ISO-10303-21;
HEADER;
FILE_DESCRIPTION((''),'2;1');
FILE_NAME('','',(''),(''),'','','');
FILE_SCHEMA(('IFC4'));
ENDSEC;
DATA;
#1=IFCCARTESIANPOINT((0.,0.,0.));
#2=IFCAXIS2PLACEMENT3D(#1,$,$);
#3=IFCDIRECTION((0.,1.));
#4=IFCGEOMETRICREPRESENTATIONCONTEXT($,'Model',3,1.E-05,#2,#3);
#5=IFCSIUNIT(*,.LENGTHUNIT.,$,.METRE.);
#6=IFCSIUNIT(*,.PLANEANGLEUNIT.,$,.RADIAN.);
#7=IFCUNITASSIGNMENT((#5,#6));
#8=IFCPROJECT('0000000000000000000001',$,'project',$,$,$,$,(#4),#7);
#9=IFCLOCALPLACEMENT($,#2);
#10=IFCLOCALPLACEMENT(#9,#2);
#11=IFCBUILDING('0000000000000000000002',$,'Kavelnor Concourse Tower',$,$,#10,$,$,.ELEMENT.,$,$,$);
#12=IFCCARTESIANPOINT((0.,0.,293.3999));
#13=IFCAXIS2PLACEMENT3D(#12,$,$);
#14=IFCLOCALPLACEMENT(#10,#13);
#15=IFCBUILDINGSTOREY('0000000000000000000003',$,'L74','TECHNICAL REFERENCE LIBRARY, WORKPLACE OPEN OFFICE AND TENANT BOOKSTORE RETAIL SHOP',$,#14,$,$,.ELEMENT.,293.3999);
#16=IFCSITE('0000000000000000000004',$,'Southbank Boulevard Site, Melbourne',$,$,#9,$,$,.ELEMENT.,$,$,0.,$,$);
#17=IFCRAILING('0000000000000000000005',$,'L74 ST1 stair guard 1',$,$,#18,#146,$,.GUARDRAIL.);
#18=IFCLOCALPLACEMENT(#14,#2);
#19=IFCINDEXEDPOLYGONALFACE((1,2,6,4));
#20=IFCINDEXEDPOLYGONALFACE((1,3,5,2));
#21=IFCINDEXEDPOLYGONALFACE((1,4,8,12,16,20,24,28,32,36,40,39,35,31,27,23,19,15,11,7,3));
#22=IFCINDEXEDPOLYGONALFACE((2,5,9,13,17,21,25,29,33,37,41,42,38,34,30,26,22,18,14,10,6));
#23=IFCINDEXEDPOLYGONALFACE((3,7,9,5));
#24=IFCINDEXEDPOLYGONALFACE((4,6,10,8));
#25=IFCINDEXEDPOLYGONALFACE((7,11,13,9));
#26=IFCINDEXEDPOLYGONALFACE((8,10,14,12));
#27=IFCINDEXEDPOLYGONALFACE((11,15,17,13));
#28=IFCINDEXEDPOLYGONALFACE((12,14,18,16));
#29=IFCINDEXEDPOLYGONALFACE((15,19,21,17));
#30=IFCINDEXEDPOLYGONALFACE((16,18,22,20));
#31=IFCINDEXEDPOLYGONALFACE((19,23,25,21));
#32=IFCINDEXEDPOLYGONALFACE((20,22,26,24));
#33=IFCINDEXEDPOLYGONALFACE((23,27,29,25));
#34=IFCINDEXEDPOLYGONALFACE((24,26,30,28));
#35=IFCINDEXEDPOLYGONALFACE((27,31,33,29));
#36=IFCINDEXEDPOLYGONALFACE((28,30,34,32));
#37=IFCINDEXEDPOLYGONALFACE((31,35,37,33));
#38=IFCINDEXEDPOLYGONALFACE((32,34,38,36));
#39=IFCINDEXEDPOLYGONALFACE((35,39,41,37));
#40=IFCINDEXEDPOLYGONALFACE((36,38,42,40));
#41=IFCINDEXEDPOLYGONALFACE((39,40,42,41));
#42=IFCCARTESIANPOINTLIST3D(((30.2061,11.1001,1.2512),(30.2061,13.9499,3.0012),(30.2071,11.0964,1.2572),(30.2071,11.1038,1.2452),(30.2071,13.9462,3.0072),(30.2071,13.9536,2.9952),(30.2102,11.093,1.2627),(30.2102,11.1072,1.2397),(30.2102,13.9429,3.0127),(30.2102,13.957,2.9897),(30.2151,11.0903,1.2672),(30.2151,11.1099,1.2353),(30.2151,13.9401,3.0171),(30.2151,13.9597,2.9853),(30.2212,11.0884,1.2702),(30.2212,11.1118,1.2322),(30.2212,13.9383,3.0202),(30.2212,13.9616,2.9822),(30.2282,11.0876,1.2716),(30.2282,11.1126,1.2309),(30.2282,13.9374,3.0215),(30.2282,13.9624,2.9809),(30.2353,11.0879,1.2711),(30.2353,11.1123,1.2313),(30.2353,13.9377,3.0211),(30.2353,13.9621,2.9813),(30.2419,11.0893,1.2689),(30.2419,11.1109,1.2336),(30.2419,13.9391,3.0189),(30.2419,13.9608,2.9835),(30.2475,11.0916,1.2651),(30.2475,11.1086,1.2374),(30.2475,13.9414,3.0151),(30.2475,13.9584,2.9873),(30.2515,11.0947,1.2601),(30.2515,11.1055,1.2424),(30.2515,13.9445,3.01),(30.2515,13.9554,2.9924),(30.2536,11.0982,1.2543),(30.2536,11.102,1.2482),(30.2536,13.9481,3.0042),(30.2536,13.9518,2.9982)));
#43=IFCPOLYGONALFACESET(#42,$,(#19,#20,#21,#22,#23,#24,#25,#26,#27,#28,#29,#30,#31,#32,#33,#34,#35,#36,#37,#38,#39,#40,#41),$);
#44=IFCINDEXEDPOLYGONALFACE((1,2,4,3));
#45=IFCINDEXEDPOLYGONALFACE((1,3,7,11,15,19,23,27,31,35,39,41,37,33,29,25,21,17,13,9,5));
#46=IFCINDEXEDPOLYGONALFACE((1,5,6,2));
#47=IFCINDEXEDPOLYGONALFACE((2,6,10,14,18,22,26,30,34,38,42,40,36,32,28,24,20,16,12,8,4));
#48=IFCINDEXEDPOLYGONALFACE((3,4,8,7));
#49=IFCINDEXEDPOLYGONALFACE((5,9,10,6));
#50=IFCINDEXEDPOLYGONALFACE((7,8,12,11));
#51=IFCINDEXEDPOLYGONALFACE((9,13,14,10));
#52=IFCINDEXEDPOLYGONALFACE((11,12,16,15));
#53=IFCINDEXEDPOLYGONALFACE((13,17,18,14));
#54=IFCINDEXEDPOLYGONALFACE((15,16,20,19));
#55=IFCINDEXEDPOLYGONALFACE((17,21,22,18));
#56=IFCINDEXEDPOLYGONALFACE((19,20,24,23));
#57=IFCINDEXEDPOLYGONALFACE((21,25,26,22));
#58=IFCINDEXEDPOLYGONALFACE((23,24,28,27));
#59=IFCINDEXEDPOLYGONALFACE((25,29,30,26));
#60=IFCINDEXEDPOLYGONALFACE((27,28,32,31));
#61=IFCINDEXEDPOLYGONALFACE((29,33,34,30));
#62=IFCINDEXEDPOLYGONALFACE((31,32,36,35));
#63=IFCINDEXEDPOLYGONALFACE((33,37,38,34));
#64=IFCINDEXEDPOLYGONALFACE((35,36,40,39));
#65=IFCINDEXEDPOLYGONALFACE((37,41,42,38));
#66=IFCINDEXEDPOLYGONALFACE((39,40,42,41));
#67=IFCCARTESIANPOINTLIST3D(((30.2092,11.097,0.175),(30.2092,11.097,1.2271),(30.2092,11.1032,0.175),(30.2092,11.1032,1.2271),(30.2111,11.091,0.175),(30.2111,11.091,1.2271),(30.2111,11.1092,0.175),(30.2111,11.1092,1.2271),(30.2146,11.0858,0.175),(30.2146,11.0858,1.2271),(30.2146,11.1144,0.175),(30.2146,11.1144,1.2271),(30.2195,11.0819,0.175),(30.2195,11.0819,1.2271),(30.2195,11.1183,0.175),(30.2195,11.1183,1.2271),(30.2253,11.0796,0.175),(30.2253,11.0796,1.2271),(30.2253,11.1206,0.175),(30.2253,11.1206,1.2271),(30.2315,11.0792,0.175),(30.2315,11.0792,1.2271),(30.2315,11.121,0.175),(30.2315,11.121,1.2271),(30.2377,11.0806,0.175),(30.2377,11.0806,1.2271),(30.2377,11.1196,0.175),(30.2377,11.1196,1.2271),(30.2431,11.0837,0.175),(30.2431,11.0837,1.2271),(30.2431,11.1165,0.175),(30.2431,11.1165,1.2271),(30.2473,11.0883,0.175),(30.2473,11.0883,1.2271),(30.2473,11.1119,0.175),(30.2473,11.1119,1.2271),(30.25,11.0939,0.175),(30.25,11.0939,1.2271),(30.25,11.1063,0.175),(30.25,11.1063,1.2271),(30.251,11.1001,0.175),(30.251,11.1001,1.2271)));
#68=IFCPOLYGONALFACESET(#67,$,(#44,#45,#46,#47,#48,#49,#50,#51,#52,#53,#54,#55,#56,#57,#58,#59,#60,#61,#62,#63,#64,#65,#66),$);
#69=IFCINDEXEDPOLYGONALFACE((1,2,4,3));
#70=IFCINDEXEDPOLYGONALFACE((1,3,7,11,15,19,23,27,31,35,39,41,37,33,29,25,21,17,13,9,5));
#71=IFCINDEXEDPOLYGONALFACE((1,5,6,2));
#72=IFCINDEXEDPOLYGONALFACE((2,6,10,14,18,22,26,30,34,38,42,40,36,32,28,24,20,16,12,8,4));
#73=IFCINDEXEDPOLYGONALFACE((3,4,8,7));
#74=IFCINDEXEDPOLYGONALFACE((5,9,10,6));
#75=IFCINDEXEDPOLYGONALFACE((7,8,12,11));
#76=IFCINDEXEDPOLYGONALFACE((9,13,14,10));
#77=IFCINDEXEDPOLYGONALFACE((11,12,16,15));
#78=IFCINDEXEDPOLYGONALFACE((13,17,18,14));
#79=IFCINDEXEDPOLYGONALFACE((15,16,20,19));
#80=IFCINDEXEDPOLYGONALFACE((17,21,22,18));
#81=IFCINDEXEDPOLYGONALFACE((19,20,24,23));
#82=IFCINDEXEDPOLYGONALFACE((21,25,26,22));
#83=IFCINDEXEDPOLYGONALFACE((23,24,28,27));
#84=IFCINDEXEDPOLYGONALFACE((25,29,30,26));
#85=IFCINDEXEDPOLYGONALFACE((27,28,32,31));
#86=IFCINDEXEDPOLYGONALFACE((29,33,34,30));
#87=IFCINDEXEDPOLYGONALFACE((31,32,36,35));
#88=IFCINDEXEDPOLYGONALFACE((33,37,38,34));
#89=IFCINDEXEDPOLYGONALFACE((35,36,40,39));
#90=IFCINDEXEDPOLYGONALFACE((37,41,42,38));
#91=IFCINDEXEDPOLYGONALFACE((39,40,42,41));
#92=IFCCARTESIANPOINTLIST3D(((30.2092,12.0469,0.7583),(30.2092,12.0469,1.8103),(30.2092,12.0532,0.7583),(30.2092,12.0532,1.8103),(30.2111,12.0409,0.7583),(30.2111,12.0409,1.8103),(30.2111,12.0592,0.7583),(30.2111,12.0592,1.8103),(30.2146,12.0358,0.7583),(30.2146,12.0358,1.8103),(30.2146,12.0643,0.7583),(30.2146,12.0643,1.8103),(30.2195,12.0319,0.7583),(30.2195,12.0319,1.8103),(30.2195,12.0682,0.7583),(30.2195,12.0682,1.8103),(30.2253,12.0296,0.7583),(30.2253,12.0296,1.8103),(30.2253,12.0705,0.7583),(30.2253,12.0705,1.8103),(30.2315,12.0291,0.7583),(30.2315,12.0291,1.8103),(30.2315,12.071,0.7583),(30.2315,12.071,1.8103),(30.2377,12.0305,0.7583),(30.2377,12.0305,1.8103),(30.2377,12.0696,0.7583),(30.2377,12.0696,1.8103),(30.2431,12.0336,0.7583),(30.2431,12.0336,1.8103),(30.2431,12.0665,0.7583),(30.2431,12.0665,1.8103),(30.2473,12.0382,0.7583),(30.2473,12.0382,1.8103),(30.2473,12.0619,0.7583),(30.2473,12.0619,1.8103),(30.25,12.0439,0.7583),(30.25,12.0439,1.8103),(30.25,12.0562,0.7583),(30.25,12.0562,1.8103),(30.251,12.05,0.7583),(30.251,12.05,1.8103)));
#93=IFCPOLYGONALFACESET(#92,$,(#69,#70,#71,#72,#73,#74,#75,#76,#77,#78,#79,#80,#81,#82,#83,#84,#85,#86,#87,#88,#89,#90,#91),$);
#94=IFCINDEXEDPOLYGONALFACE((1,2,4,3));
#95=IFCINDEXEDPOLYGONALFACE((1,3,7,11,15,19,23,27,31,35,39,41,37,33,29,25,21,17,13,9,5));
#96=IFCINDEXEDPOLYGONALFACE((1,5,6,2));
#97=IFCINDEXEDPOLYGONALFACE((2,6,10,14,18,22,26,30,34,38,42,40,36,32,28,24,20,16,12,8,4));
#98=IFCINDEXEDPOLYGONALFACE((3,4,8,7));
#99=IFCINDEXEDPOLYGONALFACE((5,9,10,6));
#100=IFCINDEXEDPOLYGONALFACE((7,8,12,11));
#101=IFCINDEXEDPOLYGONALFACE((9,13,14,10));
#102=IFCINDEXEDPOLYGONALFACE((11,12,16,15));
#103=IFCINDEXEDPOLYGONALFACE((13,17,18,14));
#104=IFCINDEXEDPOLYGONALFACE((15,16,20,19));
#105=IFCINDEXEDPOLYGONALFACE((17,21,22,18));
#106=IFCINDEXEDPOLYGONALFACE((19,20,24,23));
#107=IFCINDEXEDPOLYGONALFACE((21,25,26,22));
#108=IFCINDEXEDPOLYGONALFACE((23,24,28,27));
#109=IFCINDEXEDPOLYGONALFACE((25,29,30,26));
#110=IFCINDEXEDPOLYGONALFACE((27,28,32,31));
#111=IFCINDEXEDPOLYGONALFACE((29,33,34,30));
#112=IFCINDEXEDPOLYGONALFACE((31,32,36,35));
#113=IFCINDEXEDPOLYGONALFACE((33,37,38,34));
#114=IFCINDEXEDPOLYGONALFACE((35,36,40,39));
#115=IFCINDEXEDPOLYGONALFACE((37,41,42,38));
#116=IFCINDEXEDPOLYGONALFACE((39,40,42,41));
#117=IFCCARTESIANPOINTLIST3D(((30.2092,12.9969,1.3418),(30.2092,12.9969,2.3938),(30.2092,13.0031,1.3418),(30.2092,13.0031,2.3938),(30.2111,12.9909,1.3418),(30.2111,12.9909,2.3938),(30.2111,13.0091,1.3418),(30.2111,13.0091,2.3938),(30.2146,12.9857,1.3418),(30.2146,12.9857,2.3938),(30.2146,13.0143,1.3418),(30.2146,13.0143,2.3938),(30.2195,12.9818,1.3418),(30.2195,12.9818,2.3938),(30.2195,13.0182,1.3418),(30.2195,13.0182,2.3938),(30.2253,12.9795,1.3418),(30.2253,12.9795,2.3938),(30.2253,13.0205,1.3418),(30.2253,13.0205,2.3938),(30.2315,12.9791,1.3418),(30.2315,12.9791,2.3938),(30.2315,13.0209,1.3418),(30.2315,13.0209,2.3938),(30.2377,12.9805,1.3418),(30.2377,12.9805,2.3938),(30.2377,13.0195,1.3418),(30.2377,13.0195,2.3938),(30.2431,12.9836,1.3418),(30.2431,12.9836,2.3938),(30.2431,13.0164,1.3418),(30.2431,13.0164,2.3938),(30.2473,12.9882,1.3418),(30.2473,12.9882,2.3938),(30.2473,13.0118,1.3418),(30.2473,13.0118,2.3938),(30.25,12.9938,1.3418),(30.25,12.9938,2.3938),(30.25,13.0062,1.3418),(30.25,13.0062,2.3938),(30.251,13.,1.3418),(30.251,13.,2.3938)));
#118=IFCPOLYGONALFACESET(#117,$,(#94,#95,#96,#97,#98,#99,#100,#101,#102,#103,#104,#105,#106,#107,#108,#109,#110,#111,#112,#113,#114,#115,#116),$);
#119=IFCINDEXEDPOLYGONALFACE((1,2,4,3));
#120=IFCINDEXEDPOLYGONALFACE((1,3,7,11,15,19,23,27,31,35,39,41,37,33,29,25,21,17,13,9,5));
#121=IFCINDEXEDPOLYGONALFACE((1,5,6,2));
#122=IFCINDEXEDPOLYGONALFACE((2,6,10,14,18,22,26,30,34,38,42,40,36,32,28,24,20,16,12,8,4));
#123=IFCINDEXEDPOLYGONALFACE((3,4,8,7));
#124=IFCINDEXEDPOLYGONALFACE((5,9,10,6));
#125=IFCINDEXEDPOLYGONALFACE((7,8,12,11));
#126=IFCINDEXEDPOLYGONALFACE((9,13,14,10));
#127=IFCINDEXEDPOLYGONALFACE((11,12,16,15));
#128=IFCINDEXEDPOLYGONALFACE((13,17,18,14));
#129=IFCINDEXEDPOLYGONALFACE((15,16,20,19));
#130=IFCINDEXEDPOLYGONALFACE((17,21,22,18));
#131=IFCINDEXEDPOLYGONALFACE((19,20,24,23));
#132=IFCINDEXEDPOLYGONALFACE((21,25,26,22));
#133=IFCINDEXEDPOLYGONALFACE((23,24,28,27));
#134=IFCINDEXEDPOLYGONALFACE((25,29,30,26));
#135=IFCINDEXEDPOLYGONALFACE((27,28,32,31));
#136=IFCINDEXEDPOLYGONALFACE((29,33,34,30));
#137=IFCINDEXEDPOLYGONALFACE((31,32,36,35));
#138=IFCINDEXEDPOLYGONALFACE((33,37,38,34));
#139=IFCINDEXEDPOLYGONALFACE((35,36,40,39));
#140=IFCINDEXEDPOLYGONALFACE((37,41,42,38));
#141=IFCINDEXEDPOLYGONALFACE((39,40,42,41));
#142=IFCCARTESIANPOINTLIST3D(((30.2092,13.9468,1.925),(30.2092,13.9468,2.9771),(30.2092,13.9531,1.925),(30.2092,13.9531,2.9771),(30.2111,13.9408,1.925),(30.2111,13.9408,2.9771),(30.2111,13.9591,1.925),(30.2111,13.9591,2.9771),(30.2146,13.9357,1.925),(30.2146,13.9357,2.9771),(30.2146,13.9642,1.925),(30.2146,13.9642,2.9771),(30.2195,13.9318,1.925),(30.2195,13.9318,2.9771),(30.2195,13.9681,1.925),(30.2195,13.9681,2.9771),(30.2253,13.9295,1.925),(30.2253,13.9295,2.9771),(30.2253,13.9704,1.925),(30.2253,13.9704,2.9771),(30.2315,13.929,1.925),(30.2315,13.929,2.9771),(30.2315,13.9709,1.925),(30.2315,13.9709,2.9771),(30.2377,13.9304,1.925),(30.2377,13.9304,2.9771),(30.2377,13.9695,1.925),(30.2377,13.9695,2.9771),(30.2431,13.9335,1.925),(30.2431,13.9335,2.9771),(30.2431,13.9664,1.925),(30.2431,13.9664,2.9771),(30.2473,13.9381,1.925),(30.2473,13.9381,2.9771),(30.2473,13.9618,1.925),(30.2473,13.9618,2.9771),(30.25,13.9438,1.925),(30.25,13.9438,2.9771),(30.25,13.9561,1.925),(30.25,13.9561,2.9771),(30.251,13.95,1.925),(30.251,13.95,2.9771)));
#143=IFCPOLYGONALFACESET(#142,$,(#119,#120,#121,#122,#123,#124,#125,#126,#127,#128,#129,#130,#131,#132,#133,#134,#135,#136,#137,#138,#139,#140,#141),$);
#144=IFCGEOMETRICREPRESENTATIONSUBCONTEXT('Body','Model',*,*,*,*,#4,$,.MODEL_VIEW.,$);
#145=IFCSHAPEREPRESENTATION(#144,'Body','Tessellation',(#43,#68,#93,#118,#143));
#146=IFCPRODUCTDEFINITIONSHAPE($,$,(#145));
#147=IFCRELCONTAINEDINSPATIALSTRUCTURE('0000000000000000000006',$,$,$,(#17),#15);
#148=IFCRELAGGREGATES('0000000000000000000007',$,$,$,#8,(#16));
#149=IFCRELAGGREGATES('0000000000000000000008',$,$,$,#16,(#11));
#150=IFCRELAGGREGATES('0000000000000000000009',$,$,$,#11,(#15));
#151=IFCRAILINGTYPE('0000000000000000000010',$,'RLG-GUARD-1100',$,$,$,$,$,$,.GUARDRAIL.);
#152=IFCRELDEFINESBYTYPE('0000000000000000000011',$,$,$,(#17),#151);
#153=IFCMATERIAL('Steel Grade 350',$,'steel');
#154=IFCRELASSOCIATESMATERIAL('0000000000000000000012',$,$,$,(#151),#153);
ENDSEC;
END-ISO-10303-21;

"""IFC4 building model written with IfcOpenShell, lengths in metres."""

from ifc_helpers import new_model, si_unit, direction, frame, origin, origin_2d, place, context, subcontext, project, spatial, circle, extrude, material, type_object, element, save


model = new_model("IFC4")

# Units and contexts
model_context = context("Model", 3, precision=1e-05, world=origin(), true_north=direction((0.0, 1.0)))
body_context = subcontext(model_context, "Body", "Model", "MODEL_VIEW")
ifc_project = project(units=[si_unit("LENGTHUNIT", "METRE"), si_unit("PLANEANGLEUNIT", "RADIAN")], contexts=[model_context])

# Site, building, storey
site_placement = place(None, origin())
site = spatial("IfcSite", under=ifc_project, at=site_placement, Name="Southbank Boulevard Site, Melbourne", CompositionType="ELEMENT", RefElevation=0.0)
building_placement = place(site_placement, origin())
building = spatial("IfcBuilding", under=site, at=building_placement, Name="Kavelnor Concourse Tower", CompositionType="ELEMENT")
storey_placement = place(building_placement, frame((0.0, 0.0, 293.3999)))
storey = spatial("IfcBuildingStorey", under=building, at=storey_placement, Name="L74", Description="TECHNICAL REFERENCE LIBRARY, WORKPLACE OPEN OFFICE AND TENANT BOOKSTORE RETAIL SHOP", CompositionType="ELEMENT", Elevation=293.3999)

# Shared definitions
ifc_material_1 = material(Name="Steel Grade 350", Category="steel")

# Railing
railing_type_1 = type_object("IfcRailingType", Name="RLG-GUARD-1100", PredefinedType="GUARDRAIL", material=ifc_material_1)
railing_1_placement = place(storey_placement, frame((30.23, 11.1001, 0.175)))
element("IfcRailing", 1, at=railing_1_placement, inside=storey, type_object=railing_type_1, Name="L74 ST1 stair guard 1", PredefinedType="GUARDRAIL", context=body_context, shape_type="SweptSolid", body=[
    extrude(circle(Radius=0.0239, at=origin_2d()), frame((0.0, 0.0, 1.0762), z_axis=(0.0, 0.852159, 0.523283), x_axis=(-1.0, 0.0, 0.0)), (0.0, 0.0, 1.0), 3.3442),
    extrude(circle(Radius=0.021, at=origin_2d()), origin(), (0.0, 0.0, 1.0), 1.052),
    extrude(circle(Radius=0.021, at=origin_2d()), frame((0.0, 0.95, 0.5833)), (0.0, 0.0, 1.0), 1.052),
    extrude(circle(Radius=0.021, at=origin_2d()), frame((0.0, 1.8999, 1.1667)), (0.0, 0.0, 1.0), 1.052),
    extrude(circle(Radius=0.021, at=origin_2d()), frame((0.0, 2.8499, 1.75)), (0.0, 0.0, 1.0), 1.052),
])

save(model, "model.ifc")
